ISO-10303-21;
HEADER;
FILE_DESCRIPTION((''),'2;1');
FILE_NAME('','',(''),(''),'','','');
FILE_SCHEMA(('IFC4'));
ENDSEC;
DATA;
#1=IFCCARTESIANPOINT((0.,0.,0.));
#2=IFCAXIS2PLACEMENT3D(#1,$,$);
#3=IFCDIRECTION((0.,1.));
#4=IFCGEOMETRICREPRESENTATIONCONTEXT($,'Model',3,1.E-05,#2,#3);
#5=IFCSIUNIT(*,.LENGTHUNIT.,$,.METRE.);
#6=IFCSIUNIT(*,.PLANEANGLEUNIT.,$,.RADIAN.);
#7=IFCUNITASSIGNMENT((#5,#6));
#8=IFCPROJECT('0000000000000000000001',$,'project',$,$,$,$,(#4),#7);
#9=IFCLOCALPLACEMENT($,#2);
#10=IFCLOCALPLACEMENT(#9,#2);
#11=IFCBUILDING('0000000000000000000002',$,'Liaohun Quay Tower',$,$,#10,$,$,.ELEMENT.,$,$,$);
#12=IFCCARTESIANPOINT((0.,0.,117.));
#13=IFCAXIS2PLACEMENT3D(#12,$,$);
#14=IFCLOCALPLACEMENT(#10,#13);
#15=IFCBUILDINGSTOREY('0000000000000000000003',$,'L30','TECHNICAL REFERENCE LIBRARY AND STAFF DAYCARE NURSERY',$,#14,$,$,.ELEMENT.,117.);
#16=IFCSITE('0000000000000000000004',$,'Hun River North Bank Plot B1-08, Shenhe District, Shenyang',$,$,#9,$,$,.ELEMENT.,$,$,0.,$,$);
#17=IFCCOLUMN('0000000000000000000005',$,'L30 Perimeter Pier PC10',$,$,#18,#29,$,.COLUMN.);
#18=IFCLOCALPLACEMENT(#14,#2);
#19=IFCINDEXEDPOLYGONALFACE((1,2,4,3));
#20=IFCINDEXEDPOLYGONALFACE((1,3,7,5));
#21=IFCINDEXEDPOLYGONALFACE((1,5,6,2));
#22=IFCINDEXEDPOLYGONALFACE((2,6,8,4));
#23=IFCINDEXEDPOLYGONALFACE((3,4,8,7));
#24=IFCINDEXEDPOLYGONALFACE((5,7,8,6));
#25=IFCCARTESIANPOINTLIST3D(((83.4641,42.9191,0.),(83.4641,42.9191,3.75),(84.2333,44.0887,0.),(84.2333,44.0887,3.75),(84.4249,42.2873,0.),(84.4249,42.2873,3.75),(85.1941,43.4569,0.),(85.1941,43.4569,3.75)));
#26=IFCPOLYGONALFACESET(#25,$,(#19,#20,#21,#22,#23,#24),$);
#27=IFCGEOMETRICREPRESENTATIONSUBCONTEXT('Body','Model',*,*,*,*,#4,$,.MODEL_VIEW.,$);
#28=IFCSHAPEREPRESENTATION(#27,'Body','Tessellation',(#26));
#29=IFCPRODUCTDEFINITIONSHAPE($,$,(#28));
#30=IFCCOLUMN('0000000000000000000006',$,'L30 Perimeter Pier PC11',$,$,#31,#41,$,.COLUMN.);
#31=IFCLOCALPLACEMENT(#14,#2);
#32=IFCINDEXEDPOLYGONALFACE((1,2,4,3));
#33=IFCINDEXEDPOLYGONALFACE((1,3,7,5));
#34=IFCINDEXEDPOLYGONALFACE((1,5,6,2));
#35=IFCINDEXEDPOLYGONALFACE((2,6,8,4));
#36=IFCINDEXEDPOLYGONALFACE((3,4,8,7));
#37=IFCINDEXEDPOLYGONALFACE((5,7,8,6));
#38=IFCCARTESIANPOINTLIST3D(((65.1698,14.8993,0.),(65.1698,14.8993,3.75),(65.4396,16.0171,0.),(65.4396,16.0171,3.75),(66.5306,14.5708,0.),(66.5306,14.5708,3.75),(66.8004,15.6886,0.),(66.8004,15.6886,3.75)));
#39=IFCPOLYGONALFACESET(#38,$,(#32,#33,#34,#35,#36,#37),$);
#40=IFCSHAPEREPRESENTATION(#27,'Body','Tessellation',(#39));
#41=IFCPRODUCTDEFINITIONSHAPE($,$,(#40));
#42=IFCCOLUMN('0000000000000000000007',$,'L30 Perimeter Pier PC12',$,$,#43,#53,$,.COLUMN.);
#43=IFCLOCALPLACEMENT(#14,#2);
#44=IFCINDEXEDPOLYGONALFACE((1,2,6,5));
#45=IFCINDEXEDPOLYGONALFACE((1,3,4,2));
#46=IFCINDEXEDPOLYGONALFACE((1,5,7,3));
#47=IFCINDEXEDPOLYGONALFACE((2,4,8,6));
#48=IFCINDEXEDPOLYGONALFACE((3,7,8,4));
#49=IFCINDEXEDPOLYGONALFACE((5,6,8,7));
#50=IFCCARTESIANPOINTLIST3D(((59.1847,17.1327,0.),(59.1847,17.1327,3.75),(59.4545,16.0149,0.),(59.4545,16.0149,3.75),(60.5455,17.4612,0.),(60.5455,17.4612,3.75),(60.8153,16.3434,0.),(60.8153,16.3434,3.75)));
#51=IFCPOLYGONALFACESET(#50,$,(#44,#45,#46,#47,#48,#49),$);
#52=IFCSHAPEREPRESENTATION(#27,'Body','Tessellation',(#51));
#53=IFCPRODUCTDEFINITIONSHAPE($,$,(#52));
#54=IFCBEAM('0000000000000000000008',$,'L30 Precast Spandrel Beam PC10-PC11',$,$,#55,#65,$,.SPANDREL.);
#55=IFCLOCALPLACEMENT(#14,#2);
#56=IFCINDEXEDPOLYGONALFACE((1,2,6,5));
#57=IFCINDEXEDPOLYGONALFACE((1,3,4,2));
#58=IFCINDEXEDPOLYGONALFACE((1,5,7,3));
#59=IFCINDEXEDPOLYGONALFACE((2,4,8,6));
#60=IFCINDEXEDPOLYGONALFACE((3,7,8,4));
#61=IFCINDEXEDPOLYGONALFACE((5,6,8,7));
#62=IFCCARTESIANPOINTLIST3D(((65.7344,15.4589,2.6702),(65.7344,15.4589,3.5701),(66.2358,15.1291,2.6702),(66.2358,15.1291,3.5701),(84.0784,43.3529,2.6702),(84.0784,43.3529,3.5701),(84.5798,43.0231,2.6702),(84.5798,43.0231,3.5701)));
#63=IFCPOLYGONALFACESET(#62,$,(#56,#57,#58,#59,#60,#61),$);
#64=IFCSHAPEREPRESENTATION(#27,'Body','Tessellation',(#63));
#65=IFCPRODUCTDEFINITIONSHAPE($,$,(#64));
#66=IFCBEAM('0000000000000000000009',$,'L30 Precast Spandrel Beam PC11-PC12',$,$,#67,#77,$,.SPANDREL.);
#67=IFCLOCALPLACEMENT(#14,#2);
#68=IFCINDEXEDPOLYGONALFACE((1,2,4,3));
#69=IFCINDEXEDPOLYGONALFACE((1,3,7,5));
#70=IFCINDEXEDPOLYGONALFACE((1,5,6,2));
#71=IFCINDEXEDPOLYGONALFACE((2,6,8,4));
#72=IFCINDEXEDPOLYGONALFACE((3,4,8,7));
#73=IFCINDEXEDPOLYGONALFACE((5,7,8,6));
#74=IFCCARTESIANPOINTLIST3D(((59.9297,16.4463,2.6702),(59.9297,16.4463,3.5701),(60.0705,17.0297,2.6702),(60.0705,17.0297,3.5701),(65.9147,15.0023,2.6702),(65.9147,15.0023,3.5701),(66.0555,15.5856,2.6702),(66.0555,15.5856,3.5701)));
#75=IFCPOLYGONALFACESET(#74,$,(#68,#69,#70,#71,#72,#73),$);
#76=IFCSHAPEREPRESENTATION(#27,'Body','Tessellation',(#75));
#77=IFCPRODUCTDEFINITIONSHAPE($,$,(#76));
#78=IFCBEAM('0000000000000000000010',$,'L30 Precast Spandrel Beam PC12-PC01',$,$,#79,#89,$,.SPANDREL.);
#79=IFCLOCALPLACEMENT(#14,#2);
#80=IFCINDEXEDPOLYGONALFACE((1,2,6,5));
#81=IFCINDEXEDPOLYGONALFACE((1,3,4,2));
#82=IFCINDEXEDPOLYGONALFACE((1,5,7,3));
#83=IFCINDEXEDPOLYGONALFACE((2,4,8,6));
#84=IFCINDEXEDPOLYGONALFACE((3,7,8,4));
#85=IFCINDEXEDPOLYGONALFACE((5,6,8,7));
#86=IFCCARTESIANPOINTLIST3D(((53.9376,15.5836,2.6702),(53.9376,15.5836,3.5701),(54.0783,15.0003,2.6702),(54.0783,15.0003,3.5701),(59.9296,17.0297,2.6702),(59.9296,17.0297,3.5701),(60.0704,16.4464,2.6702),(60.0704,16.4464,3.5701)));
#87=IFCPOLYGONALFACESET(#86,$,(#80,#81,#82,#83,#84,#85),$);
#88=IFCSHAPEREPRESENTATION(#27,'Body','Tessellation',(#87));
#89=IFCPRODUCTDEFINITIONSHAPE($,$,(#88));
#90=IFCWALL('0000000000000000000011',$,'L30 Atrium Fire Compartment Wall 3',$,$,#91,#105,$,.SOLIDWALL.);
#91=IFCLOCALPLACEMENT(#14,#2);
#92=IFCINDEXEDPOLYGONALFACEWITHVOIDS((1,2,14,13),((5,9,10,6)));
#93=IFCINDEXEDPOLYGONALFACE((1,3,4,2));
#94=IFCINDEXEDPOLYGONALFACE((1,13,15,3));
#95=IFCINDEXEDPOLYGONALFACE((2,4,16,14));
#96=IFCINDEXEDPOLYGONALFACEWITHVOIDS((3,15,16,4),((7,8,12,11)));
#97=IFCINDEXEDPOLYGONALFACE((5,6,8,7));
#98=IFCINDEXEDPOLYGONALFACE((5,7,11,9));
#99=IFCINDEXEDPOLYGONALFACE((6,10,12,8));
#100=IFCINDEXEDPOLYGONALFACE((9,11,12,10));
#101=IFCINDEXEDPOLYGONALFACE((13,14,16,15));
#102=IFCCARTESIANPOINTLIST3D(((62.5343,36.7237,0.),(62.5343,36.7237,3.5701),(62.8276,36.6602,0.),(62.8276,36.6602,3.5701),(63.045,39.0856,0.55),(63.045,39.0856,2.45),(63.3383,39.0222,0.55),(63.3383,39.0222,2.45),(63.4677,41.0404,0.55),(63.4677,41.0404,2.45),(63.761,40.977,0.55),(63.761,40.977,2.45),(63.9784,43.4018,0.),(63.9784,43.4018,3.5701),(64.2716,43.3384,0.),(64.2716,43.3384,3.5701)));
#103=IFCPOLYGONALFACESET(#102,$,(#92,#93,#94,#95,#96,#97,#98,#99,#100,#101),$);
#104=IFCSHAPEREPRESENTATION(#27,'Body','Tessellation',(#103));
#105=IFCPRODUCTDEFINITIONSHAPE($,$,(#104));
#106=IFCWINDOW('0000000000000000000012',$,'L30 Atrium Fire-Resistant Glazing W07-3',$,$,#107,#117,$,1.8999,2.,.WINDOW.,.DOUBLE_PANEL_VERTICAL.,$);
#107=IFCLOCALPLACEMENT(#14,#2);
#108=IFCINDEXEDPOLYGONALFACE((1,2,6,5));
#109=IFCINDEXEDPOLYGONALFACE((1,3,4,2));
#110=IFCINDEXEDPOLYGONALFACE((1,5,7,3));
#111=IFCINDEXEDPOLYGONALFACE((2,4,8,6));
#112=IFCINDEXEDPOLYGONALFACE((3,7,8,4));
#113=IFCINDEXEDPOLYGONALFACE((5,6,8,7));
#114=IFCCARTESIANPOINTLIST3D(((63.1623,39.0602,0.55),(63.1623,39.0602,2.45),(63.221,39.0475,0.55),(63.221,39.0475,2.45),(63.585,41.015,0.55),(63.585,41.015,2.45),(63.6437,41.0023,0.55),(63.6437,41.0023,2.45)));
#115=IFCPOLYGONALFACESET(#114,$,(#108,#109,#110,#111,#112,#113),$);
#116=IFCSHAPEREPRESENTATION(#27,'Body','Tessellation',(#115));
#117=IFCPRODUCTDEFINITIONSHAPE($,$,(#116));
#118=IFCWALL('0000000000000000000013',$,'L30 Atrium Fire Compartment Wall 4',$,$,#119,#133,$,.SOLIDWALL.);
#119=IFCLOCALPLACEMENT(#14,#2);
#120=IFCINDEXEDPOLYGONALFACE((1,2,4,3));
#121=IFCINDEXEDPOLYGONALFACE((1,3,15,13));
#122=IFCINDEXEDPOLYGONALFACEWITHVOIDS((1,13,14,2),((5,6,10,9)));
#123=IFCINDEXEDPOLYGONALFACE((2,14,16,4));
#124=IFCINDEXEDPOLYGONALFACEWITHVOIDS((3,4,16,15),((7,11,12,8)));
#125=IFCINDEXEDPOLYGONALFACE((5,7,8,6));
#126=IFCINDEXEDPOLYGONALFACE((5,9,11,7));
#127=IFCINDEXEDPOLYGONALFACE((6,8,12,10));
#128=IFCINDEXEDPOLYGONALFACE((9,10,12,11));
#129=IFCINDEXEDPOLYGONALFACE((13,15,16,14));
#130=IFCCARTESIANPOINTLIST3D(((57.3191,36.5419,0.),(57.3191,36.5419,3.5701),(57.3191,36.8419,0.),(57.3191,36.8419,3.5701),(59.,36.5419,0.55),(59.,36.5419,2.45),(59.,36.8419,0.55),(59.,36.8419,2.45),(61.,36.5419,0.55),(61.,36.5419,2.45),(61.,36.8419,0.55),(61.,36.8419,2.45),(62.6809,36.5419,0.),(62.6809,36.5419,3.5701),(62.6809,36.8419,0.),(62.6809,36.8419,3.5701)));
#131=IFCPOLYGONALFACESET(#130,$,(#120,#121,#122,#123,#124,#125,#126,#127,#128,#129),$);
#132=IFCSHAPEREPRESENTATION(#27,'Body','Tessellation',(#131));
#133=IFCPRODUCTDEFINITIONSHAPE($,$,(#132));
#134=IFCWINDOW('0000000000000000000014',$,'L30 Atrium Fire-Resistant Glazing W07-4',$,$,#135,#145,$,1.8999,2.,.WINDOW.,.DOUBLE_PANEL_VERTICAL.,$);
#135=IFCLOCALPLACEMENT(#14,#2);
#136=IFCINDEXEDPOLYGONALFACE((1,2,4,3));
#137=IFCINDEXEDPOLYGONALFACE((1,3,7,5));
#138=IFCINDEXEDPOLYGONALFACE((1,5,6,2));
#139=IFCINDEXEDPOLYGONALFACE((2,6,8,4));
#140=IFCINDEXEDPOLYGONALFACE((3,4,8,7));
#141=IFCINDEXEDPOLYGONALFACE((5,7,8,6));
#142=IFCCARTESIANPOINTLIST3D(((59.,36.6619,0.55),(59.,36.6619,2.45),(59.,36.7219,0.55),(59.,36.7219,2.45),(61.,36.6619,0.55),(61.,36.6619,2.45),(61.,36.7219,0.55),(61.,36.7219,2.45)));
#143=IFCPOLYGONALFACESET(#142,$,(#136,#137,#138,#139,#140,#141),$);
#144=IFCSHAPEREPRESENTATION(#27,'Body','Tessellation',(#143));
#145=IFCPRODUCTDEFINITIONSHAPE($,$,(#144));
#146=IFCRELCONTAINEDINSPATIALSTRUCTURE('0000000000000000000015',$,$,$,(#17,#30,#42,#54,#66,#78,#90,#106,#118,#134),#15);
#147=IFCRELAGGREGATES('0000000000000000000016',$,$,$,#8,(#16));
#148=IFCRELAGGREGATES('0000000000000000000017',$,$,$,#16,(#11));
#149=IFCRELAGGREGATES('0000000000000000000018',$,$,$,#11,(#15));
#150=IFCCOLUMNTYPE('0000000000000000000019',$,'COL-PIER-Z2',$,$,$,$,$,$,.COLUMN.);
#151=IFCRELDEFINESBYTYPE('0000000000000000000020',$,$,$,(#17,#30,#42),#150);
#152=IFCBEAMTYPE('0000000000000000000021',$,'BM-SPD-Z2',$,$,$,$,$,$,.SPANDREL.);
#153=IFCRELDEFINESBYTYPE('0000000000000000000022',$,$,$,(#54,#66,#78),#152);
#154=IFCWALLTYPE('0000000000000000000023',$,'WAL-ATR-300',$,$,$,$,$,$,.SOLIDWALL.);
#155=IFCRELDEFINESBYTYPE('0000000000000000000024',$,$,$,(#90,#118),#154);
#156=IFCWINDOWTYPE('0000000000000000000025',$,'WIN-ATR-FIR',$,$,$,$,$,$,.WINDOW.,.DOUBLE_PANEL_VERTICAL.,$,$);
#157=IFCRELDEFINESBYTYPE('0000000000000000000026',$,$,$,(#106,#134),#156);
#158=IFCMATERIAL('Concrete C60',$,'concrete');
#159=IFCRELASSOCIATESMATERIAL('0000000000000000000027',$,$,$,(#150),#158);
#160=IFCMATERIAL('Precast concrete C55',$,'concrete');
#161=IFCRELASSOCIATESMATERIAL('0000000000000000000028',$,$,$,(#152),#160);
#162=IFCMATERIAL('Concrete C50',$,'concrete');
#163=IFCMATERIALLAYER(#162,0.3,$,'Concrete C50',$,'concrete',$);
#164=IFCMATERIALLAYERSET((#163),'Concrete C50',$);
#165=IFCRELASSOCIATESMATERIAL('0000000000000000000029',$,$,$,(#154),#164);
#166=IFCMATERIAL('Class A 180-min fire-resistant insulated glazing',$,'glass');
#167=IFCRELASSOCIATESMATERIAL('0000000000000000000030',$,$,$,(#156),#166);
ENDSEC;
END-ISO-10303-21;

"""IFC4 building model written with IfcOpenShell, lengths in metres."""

from ifc_helpers import new_model, si_unit, direction, frame, frame_2d, origin, origin_2d, place, context, subcontext, project, spatial, rectangle, extrude, source, transform, mapped, material, layer, layer_set, material_profile, profile_set, type_object, element, fill, save


model = new_model("IFC4")

# Units and contexts
model_context = context("Model", 3, precision=1e-05, world=origin(), true_north=direction((0.0, 1.0)))
body_context = subcontext(model_context, "Body", "Model", "MODEL_VIEW")
ifc_project = project(units=[si_unit("LENGTHUNIT", "METRE"), si_unit("PLANEANGLEUNIT", "RADIAN")], contexts=[model_context])

# Site, building, storey
site_placement = place(None, origin())
site = spatial("IfcSite", under=ifc_project, at=site_placement, Name="Hun River North Bank Plot B1-08, Shenhe District, Shenyang", CompositionType="ELEMENT", RefElevation=0.0)
building_placement = place(site_placement, origin())
building = spatial("IfcBuilding", under=site, at=building_placement, Name="Liaohun Quay Tower", CompositionType="ELEMENT")
storey_placement = place(building_placement, frame((0.0, 0.0, 117.0)))
storey = spatial("IfcBuildingStorey", under=building, at=storey_placement, Name="L30", Description="TECHNICAL REFERENCE LIBRARY AND STAFF DAYCARE NURSERY", CompositionType="ELEMENT", Elevation=117.0)

# Columns
ifc_material_1 = material(Name="Concrete C60", Category="concrete")
ifc_material_profile_1 = material_profile(ifc_material_1, rectangle(XDim=1.3999, YDim=1.1499, at=origin_2d()), Name="RC1400x1150")
ifc_profile_set_1 = profile_set([ifc_material_profile_1], Name="Concrete C60")
column_type = type_object("IfcColumnType", Name="COL-PIER-Z2", PredefinedType="COLUMN", material=ifc_profile_set_1)
shared_shape_1 = source(origin(), body_context, "Body", "SweptSolid", [
    extrude(rectangle(XDim=1.3999, YDim=1.1499, at=origin_2d()), origin(), (0.0, 0.0, 1.0), 3.75),
])
for number, where, z_axis, x_axis, name in (
    (1, (84.3291, 43.188, 0.0), (0.0, 0.0, 1.0), (0.54946, 0.83552, 0.0), "L30 Perimeter Pier PC10"),
    (2, (65.9851, 15.2939, 0.0), (0.0, 0.0, 1.0), (-0.972084, 0.234633, 0.0), "L30 Perimeter Pier PC11"),
    (3, (60.0, 16.738, 0.0), (0.0, 0.0, 1.0), (0.972084, 0.234633, 0.0), "L30 Perimeter Pier PC12"),
):
    element("IfcColumn", number, at=place(storey_placement, frame(where, z_axis=z_axis, x_axis=x_axis)), inside=storey, type_object=column_type, Name=name, PredefinedType="COLUMN", context=body_context, shape_type="MappedRepresentation", body=[
        mapped(shared_shape_1, transform((0.0, 0.0, 0.0), x_axis=(1.0, 0.0, 0.0), y_axis=(0.0, 1.0, 0.0), z_axis=(0.0, 0.0, 1.0), scale=1.0)),
    ])

# Beams
ifc_material_2 = material(Name="Precast concrete C55", Category="concrete")
ifc_material_profile_2 = material_profile(ifc_material_2, rectangle(XDim=0.6001, YDim=0.8999, at=origin_2d()), Name="RC600x900")
ifc_profile_set_2 = profile_set([ifc_material_profile_2], Name="Precast concrete C55")
beam_type = type_object("IfcBeamType", Name="BM-SPD-Z2", PredefinedType="SPANDREL", material=ifc_profile_set_2)
shared_shape_2 = source(origin(), body_context, "Body", "SweptSolid", [
    extrude(rectangle(XDim=0.6001, YDim=0.8999, at=origin_2d()), origin(), (0.0, 0.0, 1.0), 33.3853),
])
beam_1_placement = place(storey_placement, frame((84.3291, 43.188, 3.1201), z_axis=(-0.549463, -0.835518, 0.0), x_axis=(0.835518, -0.549463, 0.0)))
element("IfcBeam", 4, at=beam_1_placement, inside=storey, type_object=beam_type, Name="L30 Precast Spandrel Beam PC10-PC11", PredefinedType="SPANDREL", context=body_context, shape_type="MappedRepresentation", body=[
    mapped(shared_shape_2, transform((0.0, 0.0, 0.0), x_axis=(1.0, 0.0, 0.0), y_axis=(0.0, 1.0, 0.0), z_axis=(0.0, 0.0, 1.0), scale=1.0)),
])
shared_shape_3 = source(origin(), body_context, "Body", "SweptSolid", [
    extrude(rectangle(XDim=0.6001, YDim=0.8999, at=origin_2d()), origin(), (0.0, 0.0, 1.0), 6.1567),
])
beam_2_placement = place(storey_placement, frame((65.9851, 15.2939, 3.1201), z_axis=(-0.972104, 0.23455, 0.0), x_axis=(-0.23455, -0.972104, 0.0)))
element("IfcBeam", 5, at=beam_2_placement, inside=storey, type_object=beam_type, Name="L30 Precast Spandrel Beam PC11-PC12", PredefinedType="SPANDREL", context=body_context, shape_type="MappedRepresentation", body=[
    mapped(shared_shape_3, transform((0.0, 0.0, 0.0), x_axis=(1.0, 0.0, 0.0), y_axis=(0.0, 1.0, 0.0), z_axis=(0.0, 0.0, 1.0), scale=1.0)),
])
shared_shape_4 = source(origin(), body_context, "Body", "SweptSolid", [
    extrude(rectangle(XDim=0.6001, YDim=0.8999, at=origin_2d()), origin(), (0.0, 0.0, 1.0), 6.1641),
])
beam_3_placement = place(storey_placement, frame((60.0, 16.738, 3.1201), z_axis=(-0.972093, -0.234597, 0.0), x_axis=(0.234597, -0.972093, 0.0)))
element("IfcBeam", 6, at=beam_3_placement, inside=storey, type_object=beam_type, Name="L30 Precast Spandrel Beam PC12-PC01", PredefinedType="SPANDREL", context=body_context, shape_type="MappedRepresentation", body=[
    mapped(shared_shape_4, transform((0.0, 0.0, 0.0), x_axis=(1.0, 0.0, 0.0), y_axis=(0.0, 1.0, 0.0), z_axis=(0.0, 0.0, 1.0), scale=1.0)),
])

# Walls, openings, windows
ifc_material_3 = material(Name="Concrete C50", Category="concrete")
ifc_layer_1 = layer(ifc_material_3, 0.3, Name="Concrete C50", Category="concrete")
ifc_layer_set_1 = layer_set([ifc_layer_1], Name="Concrete C50")
wall_type_1 = type_object("IfcWallType", Name="WAL-ATR-300", PredefinedType="SOLIDWALL", material=ifc_layer_set_1)
wall_1_placement = place(storey_placement, frame((64.125, 43.3701, 0.0), z_axis=(0.0, 0.0, 1.0), x_axis=(-0.211354, -0.97741, 0.0)))
wall_1 = element("IfcWall", 7, at=wall_1_placement, inside=storey, type_object=wall_type_1, Name="L30 Atrium Fire Compartment Wall 3", PredefinedType="SOLIDWALL", context=body_context, shape_type="SweptSolid", body=[
    extrude(rectangle(XDim=6.8325, YDim=0.3, at=frame_2d((3.4163, 0.0))), origin(), (0.0, 0.0, 1.0), 3.5701),
])
shared_shape_5 = source(origin(), body_context, "Body", "SweptSolid", [
    extrude(rectangle(XDim=2.0, YDim=1.8999, at=frame_2d((1.0, 0.95))), frame((0.0, 0.1599, 0.0), z_axis=(0.0, -1.0, 0.0), x_axis=(1.0, 0.0, 0.0)), (0.0, 0.0, 1.0), 0.3201),
])
opening_1_placement = place(wall_1_placement, frame((2.416, 0.0, 0.55)))
opening_1 = element("IfcOpeningElement", 8, at=opening_1_placement, cuts=wall_1, PredefinedType="OPENING", context=body_context, shape_type="MappedRepresentation", body=[
    mapped(shared_shape_5, transform((0.0, 0.0, 0.0), x_axis=(1.0, 0.0, 0.0), y_axis=(0.0, 1.0, 0.0), z_axis=(0.0, 0.0, 1.0), scale=1.0)),
])
ifc_material_4 = material(Name="Class A 180-min fire-resistant insulated glazing", Category="glass")
window_type_1 = type_object("IfcWindowType", Name="WIN-ATR-FIR", PartitioningType="DOUBLE_PANEL_VERTICAL", PredefinedType="WINDOW", material=ifc_material_4)
shared_shape_6 = source(origin(), body_context, "Body", "SweptSolid", [
    extrude(rectangle(XDim=2.0, YDim=1.8999, at=frame_2d((1.0, 0.95))), frame((0.0, 0.03, 0.0), z_axis=(0.0, -1.0, 0.0), x_axis=(1.0, 0.0, 0.0)), (0.0, 0.0, 1.0), 0.0601),
])
window_1_placement = place(opening_1_placement, origin())
window_1 = element("IfcWindow", 9, at=window_1_placement, inside=storey, type_object=window_type_1, Name="L30 Atrium Fire-Resistant Glazing W07-3", OverallHeight=1.8999, OverallWidth=2.0, PartitioningType="DOUBLE_PANEL_VERTICAL", PredefinedType="WINDOW", context=body_context, shape_type="MappedRepresentation", body=[
    mapped(shared_shape_6, transform((0.0, 0.0, 0.0), x_axis=(1.0, 0.0, 0.0), y_axis=(0.0, 1.0, 0.0), z_axis=(0.0, 0.0, 1.0), scale=1.0)),
])
fill(opening_1, window_1)
wall_2_placement = place(storey_placement, frame((62.6809, 36.6919, 0.0), z_axis=(0.0, 0.0, 1.0), x_axis=(-1.0, 0.0, 0.0)))
wall_2 = element("IfcWall", 10, at=wall_2_placement, inside=storey, type_object=wall_type_1, Name="L30 Atrium Fire Compartment Wall 4", PredefinedType="SOLIDWALL", context=body_context, shape_type="SweptSolid", body=[
    extrude(rectangle(XDim=5.3618, YDim=0.3, at=frame_2d((2.6809, 0.0))), origin(), (0.0, 0.0, 1.0), 3.5701),
])
opening_2_placement = place(wall_2_placement, frame((1.6809, 0.0, 0.55)))
opening_2 = element("IfcOpeningElement", 11, at=opening_2_placement, cuts=wall_2, PredefinedType="OPENING", context=body_context, shape_type="MappedRepresentation", body=[
    mapped(shared_shape_5, transform((0.0, 0.0, 0.0), x_axis=(1.0, 0.0, 0.0), y_axis=(0.0, 1.0, 0.0), z_axis=(0.0, 0.0, 1.0), scale=1.0)),
])
window_2_placement = place(opening_2_placement, origin())
window_2 = element("IfcWindow", 12, at=window_2_placement, inside=storey, type_object=window_type_1, Name="L30 Atrium Fire-Resistant Glazing W07-4", OverallHeight=1.8999, OverallWidth=2.0, PartitioningType="DOUBLE_PANEL_VERTICAL", PredefinedType="WINDOW", context=body_context, shape_type="MappedRepresentation", body=[
    mapped(shared_shape_6, transform((0.0, 0.0, 0.0), x_axis=(1.0, 0.0, 0.0), y_axis=(0.0, 1.0, 0.0), z_axis=(0.0, 0.0, 1.0), scale=1.0)),
])
fill(opening_2, window_2)

save(model, "model.ifc")
